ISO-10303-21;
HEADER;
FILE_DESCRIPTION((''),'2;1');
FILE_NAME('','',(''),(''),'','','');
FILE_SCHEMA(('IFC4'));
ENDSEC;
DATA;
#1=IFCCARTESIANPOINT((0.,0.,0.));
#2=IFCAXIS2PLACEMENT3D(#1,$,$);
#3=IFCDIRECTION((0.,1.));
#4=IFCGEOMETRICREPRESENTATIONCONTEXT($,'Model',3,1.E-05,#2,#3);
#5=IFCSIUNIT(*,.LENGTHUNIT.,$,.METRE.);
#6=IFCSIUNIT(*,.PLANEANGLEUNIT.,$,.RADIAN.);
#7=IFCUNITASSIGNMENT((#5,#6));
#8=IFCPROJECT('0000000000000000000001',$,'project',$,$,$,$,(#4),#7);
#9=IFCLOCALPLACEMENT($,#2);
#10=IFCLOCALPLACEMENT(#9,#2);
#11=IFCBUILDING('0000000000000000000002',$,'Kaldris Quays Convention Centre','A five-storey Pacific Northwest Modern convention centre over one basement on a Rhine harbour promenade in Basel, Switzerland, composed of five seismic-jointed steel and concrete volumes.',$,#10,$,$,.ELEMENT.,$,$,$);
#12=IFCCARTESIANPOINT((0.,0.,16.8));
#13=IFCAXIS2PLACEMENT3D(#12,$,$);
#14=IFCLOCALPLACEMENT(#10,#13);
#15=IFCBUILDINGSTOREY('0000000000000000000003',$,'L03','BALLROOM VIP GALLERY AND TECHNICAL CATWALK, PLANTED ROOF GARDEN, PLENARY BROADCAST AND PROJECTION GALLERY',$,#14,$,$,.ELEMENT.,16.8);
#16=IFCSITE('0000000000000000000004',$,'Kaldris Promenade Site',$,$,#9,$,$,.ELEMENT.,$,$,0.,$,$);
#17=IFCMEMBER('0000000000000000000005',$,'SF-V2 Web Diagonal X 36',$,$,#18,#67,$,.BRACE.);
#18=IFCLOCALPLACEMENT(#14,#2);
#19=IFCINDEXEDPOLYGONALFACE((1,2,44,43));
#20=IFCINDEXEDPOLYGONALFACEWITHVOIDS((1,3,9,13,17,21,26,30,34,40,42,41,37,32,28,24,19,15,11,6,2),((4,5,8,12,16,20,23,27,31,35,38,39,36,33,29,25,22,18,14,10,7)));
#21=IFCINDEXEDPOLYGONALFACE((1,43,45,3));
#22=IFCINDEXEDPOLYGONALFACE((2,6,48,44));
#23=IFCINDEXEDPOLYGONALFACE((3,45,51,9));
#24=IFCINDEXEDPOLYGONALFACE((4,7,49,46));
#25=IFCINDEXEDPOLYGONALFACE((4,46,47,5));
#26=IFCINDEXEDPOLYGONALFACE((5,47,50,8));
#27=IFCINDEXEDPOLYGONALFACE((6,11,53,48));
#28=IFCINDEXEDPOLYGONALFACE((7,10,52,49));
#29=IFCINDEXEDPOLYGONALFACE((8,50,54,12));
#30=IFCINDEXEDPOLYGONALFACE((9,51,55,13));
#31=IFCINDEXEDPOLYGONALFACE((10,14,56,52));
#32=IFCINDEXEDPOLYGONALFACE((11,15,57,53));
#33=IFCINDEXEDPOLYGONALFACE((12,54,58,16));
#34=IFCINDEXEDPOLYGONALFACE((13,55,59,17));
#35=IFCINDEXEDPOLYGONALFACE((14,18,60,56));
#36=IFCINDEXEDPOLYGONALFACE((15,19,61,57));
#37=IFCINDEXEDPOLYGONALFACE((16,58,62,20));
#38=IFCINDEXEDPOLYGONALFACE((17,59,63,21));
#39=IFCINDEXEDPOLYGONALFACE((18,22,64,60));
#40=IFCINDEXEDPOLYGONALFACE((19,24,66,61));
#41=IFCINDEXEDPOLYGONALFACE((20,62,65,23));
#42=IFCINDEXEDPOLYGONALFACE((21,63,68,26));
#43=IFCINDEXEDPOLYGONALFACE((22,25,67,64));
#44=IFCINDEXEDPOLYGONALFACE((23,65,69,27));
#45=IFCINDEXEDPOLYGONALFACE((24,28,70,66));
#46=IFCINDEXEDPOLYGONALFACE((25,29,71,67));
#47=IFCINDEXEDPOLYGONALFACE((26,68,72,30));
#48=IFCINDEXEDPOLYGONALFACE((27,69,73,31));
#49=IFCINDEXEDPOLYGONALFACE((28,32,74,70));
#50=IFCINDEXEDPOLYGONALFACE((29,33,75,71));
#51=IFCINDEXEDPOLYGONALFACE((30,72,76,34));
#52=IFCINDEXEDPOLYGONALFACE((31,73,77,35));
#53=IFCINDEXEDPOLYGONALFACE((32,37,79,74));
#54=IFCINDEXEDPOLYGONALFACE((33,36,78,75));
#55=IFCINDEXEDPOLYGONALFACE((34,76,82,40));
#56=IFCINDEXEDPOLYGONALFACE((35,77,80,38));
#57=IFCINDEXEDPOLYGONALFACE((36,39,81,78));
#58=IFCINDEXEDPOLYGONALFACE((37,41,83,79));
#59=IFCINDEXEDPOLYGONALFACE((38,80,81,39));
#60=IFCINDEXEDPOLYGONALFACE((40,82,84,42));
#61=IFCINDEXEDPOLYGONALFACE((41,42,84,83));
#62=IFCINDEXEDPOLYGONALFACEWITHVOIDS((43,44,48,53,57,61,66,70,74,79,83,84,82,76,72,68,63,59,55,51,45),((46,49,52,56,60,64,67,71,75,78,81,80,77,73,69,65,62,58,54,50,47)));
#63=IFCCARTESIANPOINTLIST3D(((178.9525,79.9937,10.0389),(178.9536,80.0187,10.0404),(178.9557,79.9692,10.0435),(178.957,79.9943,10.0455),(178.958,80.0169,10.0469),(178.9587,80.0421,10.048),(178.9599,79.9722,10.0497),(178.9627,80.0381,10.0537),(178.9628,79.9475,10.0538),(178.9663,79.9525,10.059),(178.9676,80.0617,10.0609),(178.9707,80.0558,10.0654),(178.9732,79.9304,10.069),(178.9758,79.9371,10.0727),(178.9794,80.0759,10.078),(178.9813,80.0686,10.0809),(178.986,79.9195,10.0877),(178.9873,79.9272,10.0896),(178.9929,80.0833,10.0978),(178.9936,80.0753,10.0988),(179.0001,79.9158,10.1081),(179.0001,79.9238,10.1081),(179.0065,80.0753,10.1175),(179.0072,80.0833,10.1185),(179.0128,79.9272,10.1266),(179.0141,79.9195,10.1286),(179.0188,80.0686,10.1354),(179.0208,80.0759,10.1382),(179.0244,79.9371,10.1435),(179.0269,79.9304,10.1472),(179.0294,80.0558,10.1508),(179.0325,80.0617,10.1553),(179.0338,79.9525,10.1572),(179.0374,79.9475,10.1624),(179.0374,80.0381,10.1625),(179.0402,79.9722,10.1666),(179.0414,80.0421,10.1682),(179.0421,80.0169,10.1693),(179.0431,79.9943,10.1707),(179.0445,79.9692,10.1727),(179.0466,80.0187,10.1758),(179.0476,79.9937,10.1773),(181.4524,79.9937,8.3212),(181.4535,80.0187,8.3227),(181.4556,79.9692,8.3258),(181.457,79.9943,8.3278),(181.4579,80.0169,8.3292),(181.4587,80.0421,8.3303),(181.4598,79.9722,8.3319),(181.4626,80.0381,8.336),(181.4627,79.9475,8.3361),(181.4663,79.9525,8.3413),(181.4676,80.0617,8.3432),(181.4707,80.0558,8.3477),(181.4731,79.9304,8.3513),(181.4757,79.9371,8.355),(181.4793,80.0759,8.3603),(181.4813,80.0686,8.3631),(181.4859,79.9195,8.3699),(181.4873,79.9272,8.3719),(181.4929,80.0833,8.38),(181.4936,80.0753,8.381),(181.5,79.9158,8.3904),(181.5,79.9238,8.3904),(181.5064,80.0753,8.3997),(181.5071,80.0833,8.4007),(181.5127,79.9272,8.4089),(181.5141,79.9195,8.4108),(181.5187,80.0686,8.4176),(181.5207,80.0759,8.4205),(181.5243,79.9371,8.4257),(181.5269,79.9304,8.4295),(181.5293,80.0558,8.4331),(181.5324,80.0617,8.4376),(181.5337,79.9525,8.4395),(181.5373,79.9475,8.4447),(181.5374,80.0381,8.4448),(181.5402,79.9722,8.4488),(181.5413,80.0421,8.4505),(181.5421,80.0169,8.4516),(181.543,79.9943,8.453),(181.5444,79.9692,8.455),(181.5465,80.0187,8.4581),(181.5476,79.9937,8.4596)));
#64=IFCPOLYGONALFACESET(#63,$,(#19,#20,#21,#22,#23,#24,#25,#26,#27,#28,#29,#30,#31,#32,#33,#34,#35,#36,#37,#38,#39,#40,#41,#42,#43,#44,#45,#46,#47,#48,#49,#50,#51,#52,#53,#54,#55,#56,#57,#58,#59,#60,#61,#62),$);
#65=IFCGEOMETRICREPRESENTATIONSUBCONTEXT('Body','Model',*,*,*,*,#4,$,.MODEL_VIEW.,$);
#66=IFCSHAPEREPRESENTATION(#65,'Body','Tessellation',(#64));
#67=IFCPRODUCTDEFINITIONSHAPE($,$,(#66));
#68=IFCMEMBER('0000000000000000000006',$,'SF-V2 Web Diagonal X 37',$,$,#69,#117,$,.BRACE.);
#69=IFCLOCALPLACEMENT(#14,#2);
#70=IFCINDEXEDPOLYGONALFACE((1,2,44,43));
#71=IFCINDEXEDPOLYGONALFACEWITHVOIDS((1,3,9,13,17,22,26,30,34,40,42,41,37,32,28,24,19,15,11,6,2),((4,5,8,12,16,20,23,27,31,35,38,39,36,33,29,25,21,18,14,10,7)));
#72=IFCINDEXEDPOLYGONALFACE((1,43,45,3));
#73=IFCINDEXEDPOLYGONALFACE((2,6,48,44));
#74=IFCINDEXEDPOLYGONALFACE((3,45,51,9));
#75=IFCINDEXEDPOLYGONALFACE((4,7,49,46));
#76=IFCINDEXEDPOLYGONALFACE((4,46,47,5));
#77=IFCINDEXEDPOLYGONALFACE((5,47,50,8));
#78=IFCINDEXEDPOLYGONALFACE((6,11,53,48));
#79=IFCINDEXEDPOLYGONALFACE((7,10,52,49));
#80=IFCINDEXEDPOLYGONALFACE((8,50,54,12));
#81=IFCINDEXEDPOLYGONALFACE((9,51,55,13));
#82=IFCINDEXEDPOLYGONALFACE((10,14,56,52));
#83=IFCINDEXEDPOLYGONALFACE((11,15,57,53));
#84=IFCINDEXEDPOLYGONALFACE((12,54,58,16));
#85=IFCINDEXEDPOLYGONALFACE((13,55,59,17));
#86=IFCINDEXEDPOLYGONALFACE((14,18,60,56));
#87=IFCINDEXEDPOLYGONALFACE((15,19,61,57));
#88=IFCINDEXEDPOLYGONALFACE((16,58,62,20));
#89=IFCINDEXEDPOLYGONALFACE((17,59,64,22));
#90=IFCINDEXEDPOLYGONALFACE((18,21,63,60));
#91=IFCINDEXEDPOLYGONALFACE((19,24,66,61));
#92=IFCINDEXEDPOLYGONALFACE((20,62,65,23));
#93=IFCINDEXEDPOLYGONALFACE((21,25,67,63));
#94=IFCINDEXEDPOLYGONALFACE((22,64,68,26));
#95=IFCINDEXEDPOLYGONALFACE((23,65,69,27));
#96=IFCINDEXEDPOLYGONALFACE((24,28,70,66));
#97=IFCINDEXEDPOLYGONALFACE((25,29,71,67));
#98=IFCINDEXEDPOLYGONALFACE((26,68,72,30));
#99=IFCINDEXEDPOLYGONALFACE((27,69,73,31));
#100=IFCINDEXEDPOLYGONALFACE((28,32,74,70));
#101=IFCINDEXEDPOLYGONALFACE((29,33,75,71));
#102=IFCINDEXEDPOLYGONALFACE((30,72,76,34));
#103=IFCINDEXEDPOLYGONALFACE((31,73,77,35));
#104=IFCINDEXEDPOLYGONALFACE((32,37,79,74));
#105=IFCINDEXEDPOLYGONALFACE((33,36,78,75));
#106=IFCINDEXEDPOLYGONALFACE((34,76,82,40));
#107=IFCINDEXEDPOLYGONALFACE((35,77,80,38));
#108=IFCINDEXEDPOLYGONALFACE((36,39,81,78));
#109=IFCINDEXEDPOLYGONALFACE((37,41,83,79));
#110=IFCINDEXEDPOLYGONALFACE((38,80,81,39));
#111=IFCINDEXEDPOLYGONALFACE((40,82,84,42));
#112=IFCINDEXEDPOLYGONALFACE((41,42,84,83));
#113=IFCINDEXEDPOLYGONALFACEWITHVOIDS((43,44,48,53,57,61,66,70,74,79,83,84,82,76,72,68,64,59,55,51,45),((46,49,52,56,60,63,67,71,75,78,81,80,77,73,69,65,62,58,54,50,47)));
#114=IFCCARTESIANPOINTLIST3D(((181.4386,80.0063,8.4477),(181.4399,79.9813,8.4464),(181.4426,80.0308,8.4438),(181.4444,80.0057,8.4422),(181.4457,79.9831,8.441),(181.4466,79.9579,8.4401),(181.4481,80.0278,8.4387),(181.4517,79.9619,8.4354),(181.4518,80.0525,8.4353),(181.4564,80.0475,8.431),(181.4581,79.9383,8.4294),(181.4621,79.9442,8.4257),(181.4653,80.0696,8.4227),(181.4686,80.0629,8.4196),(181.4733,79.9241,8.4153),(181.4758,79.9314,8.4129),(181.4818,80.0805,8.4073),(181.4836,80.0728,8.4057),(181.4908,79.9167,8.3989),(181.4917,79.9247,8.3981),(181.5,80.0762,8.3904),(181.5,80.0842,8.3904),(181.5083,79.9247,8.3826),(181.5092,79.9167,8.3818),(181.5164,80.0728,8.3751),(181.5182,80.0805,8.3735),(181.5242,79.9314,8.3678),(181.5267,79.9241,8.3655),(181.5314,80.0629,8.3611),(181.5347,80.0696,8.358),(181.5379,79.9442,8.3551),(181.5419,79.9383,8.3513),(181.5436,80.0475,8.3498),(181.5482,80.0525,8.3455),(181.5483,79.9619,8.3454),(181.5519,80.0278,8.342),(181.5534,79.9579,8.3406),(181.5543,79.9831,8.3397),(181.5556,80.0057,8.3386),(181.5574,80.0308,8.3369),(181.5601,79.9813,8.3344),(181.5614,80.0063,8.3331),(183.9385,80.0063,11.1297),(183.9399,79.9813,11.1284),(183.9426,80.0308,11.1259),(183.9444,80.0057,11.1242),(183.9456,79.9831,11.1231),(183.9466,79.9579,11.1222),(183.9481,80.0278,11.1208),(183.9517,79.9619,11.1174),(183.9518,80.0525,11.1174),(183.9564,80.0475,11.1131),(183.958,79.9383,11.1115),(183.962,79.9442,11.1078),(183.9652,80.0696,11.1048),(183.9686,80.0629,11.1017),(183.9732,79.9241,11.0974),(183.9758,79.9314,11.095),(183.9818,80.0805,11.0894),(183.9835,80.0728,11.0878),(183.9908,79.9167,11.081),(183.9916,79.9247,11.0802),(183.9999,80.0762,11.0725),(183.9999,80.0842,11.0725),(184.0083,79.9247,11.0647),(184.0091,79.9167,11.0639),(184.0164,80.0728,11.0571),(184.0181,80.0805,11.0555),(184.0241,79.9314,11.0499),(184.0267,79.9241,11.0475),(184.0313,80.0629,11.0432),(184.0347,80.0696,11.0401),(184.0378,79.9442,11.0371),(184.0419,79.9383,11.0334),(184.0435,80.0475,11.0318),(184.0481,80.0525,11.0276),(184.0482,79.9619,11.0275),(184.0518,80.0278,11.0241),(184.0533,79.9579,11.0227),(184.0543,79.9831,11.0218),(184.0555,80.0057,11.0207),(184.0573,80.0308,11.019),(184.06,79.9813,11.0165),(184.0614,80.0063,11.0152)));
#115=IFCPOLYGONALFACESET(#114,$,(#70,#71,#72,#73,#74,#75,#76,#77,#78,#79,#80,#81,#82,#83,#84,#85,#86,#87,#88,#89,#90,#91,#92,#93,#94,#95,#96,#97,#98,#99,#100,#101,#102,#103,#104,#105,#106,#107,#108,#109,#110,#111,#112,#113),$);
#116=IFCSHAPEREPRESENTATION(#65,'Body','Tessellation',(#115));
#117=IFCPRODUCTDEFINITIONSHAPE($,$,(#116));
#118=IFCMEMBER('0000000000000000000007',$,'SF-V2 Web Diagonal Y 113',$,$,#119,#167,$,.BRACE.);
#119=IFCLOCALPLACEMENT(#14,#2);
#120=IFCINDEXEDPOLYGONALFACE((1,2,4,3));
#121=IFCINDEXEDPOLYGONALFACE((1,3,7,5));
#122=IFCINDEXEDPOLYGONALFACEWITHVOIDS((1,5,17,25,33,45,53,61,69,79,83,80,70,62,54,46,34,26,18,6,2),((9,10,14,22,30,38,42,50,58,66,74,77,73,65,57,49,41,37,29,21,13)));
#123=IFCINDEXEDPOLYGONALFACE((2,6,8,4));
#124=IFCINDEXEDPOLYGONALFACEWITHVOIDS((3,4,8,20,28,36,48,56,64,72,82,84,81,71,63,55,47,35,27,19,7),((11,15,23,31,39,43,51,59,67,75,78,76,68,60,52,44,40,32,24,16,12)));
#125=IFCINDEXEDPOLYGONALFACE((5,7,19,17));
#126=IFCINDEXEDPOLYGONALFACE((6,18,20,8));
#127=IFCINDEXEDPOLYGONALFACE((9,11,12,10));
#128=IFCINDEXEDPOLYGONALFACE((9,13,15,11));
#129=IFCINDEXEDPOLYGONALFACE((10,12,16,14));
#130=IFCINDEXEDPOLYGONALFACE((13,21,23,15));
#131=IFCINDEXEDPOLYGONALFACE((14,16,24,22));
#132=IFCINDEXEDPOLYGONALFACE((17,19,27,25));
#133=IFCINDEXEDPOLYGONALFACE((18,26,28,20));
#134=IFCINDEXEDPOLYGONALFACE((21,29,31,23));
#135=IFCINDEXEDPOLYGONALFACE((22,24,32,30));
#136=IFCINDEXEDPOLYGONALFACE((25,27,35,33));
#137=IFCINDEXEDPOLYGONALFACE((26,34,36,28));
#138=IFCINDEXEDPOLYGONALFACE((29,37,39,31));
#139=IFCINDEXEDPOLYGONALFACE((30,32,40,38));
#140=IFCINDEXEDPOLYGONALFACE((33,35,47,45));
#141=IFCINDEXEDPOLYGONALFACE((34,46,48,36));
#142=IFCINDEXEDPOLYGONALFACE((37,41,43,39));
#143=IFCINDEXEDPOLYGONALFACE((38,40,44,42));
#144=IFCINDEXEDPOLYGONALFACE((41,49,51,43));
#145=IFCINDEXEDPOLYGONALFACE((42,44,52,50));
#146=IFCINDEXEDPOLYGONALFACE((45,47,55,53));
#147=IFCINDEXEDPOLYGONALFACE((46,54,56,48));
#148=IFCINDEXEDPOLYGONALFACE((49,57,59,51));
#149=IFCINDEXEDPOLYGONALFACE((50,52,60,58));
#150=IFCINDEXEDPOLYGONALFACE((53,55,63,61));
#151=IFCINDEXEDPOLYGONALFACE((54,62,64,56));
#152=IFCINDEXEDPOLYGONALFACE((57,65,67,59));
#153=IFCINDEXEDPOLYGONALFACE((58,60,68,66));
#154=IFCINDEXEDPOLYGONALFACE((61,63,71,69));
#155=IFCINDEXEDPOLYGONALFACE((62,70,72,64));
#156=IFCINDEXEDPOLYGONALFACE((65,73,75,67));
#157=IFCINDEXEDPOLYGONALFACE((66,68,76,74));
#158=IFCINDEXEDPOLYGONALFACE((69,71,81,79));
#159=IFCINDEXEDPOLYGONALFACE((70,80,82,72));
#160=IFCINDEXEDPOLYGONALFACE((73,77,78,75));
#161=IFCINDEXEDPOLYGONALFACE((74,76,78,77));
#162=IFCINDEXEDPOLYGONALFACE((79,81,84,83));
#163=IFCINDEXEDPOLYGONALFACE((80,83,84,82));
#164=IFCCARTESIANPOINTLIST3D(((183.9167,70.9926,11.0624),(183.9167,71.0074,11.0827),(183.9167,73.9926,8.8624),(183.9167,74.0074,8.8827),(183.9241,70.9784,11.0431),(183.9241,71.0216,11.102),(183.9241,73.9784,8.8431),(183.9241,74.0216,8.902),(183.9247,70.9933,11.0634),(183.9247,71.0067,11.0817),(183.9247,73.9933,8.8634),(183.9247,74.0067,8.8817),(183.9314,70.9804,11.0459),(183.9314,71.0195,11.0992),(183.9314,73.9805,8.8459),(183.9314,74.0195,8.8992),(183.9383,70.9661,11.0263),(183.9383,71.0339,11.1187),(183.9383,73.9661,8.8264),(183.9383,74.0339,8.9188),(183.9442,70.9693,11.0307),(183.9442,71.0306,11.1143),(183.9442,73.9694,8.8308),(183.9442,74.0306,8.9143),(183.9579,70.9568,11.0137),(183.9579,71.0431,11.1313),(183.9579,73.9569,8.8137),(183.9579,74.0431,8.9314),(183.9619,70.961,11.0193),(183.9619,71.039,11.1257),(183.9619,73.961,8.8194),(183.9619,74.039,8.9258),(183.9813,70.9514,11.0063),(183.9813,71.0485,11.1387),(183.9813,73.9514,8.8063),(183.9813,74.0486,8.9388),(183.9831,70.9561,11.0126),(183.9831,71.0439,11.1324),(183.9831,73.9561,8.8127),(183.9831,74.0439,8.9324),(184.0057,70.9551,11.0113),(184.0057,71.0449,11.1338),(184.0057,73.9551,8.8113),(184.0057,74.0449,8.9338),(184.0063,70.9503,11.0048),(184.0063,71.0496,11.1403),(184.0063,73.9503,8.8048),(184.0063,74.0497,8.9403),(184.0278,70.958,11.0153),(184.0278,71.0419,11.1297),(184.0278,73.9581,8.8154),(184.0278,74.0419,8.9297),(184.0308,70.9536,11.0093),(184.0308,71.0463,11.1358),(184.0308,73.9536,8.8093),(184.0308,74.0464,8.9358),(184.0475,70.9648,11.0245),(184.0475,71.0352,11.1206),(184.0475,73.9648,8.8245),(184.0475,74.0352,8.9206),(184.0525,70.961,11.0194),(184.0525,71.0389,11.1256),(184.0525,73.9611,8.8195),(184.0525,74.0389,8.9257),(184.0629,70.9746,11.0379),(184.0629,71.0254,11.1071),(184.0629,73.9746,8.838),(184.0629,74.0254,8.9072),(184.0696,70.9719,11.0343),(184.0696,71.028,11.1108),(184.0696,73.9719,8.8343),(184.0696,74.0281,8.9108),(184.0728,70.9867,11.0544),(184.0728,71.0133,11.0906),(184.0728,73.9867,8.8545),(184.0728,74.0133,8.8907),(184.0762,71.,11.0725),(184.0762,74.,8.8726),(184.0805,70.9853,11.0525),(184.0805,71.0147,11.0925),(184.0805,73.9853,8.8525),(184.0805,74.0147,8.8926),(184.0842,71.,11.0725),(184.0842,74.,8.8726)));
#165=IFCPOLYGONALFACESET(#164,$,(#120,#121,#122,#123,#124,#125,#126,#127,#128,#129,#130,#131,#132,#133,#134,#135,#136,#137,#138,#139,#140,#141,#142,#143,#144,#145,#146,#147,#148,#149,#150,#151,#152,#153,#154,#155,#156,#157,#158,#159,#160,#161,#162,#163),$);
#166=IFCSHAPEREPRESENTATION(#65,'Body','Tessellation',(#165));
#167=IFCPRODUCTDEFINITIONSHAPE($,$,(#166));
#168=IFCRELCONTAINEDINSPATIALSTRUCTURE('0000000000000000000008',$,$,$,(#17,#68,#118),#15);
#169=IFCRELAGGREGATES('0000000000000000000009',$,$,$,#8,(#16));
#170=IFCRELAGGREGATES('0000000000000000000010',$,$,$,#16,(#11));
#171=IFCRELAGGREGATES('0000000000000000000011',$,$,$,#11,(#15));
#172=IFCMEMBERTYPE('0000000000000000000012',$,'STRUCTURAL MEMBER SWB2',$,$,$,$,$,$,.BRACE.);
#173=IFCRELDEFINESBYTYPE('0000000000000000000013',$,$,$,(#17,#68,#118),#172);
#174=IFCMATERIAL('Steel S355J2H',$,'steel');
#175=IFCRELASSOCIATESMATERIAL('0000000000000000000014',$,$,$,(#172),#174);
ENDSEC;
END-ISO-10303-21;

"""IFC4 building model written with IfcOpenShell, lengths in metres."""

from ifc_helpers import new_model, si_unit, direction, frame, origin, origin_2d, place, context, subcontext, project, spatial, hollow_circle, extrude, material, material_profile, profile_set, type_object, element, save


model = new_model("IFC4")

# Units and contexts
model_context = context("Model", 3, precision=1e-05, world=origin(), true_north=direction((0.0, 1.0)))
body_context = subcontext(model_context, "Body", "Model", "MODEL_VIEW")
ifc_project = project(units=[si_unit("LENGTHUNIT", "METRE"), si_unit("PLANEANGLEUNIT", "RADIAN")], contexts=[model_context])

# Site, building, storey
site_placement = place(None, origin())
site = spatial("IfcSite", under=ifc_project, at=site_placement, Name="Kaldris Promenade Site", CompositionType="ELEMENT", RefElevation=0.0)
building_placement = place(site_placement, origin())
building = spatial("IfcBuilding", under=site, at=building_placement, Name="Kaldris Quays Convention Centre", Description="A five-storey Pacific Northwest Modern convention centre over one basement on a Rhine harbour promenade in Basel, Switzerland, composed of five seismic-jointed steel and concrete volumes.", CompositionType="ELEMENT")
storey_placement = place(building_placement, frame((0.0, 0.0, 16.8)))
storey = spatial("IfcBuildingStorey", under=building, at=storey_placement, Name="L03", Description="BALLROOM VIP GALLERY AND TECHNICAL CATWALK, PLANTED ROOF GARDEN, PLENARY BROADCAST AND PROJECTION GALLERY", CompositionType="ELEMENT", Elevation=16.8)

# Members
ifc_material_1 = material(Name="Steel S355J2H", Category="steel")
ifc_material_profile_1 = material_profile(ifc_material_1, hollow_circle(Radius=0.0842, WallThickness=0.0081, at=origin_2d()), Name="CHS 168.3x8")
ifc_profile_set_1 = profile_set([ifc_material_profile_1], Name="Steel S355J2H")
member_type_1 = type_object("IfcMemberType", Name="STRUCTURAL MEMBER SWB2", PredefinedType="BRACE", material=ifc_profile_set_1)
member_1_placement = place(storey_placement, frame((181.5, 80.0, 8.3904), z_axis=(-0.824192, 0.0, 0.56631), x_axis=(0.0, -1.0, 0.0)))
element("IfcMember", 1, at=member_1_placement, inside=storey, type_object=member_type_1, Name="SF-V2 Web Diagonal X 36", PredefinedType="BRACE", context=body_context, shape_type="SweptSolid", body=[
    extrude(hollow_circle(Radius=0.0842, WallThickness=0.0081, at=origin_2d()), origin(), (0.0, 0.0, 1.0), 3.0332),
])
member_2_placement = place(storey_placement, frame((181.5, 80.0, 8.3904), z_axis=(0.681834, 0.0, 0.731507), x_axis=(0.0, 1.0, 0.0)))
element("IfcMember", 2, at=member_2_placement, inside=storey, type_object=member_type_1, Name="SF-V2 Web Diagonal X 37", PredefinedType="BRACE", context=body_context, shape_type="SweptSolid", body=[
    extrude(hollow_circle(Radius=0.0842, WallThickness=0.0081, at=origin_2d()), origin(), (0.0, 0.0, 1.0), 3.6665),
])
for number, where, z_axis, x_axis, name in (
    (3, (184.0, 74.0, 8.8726), (0.0, -0.806411, 0.591355), (1.0, 0.0, 0.0), "SF-V2 Web Diagonal Y 113"),
):
    element("IfcMember", number, at=place(storey_placement, frame(where, z_axis=z_axis, x_axis=x_axis)), inside=storey, type_object=member_type_1, Name=name, PredefinedType="BRACE", context=body_context, shape_type="SweptSolid", body=[
        extrude(hollow_circle(Radius=0.0842, WallThickness=0.0081, at=origin_2d()), origin(), (0.0, 0.0, 1.0), 3.7202),
    ])

save(model, "model.ifc")
